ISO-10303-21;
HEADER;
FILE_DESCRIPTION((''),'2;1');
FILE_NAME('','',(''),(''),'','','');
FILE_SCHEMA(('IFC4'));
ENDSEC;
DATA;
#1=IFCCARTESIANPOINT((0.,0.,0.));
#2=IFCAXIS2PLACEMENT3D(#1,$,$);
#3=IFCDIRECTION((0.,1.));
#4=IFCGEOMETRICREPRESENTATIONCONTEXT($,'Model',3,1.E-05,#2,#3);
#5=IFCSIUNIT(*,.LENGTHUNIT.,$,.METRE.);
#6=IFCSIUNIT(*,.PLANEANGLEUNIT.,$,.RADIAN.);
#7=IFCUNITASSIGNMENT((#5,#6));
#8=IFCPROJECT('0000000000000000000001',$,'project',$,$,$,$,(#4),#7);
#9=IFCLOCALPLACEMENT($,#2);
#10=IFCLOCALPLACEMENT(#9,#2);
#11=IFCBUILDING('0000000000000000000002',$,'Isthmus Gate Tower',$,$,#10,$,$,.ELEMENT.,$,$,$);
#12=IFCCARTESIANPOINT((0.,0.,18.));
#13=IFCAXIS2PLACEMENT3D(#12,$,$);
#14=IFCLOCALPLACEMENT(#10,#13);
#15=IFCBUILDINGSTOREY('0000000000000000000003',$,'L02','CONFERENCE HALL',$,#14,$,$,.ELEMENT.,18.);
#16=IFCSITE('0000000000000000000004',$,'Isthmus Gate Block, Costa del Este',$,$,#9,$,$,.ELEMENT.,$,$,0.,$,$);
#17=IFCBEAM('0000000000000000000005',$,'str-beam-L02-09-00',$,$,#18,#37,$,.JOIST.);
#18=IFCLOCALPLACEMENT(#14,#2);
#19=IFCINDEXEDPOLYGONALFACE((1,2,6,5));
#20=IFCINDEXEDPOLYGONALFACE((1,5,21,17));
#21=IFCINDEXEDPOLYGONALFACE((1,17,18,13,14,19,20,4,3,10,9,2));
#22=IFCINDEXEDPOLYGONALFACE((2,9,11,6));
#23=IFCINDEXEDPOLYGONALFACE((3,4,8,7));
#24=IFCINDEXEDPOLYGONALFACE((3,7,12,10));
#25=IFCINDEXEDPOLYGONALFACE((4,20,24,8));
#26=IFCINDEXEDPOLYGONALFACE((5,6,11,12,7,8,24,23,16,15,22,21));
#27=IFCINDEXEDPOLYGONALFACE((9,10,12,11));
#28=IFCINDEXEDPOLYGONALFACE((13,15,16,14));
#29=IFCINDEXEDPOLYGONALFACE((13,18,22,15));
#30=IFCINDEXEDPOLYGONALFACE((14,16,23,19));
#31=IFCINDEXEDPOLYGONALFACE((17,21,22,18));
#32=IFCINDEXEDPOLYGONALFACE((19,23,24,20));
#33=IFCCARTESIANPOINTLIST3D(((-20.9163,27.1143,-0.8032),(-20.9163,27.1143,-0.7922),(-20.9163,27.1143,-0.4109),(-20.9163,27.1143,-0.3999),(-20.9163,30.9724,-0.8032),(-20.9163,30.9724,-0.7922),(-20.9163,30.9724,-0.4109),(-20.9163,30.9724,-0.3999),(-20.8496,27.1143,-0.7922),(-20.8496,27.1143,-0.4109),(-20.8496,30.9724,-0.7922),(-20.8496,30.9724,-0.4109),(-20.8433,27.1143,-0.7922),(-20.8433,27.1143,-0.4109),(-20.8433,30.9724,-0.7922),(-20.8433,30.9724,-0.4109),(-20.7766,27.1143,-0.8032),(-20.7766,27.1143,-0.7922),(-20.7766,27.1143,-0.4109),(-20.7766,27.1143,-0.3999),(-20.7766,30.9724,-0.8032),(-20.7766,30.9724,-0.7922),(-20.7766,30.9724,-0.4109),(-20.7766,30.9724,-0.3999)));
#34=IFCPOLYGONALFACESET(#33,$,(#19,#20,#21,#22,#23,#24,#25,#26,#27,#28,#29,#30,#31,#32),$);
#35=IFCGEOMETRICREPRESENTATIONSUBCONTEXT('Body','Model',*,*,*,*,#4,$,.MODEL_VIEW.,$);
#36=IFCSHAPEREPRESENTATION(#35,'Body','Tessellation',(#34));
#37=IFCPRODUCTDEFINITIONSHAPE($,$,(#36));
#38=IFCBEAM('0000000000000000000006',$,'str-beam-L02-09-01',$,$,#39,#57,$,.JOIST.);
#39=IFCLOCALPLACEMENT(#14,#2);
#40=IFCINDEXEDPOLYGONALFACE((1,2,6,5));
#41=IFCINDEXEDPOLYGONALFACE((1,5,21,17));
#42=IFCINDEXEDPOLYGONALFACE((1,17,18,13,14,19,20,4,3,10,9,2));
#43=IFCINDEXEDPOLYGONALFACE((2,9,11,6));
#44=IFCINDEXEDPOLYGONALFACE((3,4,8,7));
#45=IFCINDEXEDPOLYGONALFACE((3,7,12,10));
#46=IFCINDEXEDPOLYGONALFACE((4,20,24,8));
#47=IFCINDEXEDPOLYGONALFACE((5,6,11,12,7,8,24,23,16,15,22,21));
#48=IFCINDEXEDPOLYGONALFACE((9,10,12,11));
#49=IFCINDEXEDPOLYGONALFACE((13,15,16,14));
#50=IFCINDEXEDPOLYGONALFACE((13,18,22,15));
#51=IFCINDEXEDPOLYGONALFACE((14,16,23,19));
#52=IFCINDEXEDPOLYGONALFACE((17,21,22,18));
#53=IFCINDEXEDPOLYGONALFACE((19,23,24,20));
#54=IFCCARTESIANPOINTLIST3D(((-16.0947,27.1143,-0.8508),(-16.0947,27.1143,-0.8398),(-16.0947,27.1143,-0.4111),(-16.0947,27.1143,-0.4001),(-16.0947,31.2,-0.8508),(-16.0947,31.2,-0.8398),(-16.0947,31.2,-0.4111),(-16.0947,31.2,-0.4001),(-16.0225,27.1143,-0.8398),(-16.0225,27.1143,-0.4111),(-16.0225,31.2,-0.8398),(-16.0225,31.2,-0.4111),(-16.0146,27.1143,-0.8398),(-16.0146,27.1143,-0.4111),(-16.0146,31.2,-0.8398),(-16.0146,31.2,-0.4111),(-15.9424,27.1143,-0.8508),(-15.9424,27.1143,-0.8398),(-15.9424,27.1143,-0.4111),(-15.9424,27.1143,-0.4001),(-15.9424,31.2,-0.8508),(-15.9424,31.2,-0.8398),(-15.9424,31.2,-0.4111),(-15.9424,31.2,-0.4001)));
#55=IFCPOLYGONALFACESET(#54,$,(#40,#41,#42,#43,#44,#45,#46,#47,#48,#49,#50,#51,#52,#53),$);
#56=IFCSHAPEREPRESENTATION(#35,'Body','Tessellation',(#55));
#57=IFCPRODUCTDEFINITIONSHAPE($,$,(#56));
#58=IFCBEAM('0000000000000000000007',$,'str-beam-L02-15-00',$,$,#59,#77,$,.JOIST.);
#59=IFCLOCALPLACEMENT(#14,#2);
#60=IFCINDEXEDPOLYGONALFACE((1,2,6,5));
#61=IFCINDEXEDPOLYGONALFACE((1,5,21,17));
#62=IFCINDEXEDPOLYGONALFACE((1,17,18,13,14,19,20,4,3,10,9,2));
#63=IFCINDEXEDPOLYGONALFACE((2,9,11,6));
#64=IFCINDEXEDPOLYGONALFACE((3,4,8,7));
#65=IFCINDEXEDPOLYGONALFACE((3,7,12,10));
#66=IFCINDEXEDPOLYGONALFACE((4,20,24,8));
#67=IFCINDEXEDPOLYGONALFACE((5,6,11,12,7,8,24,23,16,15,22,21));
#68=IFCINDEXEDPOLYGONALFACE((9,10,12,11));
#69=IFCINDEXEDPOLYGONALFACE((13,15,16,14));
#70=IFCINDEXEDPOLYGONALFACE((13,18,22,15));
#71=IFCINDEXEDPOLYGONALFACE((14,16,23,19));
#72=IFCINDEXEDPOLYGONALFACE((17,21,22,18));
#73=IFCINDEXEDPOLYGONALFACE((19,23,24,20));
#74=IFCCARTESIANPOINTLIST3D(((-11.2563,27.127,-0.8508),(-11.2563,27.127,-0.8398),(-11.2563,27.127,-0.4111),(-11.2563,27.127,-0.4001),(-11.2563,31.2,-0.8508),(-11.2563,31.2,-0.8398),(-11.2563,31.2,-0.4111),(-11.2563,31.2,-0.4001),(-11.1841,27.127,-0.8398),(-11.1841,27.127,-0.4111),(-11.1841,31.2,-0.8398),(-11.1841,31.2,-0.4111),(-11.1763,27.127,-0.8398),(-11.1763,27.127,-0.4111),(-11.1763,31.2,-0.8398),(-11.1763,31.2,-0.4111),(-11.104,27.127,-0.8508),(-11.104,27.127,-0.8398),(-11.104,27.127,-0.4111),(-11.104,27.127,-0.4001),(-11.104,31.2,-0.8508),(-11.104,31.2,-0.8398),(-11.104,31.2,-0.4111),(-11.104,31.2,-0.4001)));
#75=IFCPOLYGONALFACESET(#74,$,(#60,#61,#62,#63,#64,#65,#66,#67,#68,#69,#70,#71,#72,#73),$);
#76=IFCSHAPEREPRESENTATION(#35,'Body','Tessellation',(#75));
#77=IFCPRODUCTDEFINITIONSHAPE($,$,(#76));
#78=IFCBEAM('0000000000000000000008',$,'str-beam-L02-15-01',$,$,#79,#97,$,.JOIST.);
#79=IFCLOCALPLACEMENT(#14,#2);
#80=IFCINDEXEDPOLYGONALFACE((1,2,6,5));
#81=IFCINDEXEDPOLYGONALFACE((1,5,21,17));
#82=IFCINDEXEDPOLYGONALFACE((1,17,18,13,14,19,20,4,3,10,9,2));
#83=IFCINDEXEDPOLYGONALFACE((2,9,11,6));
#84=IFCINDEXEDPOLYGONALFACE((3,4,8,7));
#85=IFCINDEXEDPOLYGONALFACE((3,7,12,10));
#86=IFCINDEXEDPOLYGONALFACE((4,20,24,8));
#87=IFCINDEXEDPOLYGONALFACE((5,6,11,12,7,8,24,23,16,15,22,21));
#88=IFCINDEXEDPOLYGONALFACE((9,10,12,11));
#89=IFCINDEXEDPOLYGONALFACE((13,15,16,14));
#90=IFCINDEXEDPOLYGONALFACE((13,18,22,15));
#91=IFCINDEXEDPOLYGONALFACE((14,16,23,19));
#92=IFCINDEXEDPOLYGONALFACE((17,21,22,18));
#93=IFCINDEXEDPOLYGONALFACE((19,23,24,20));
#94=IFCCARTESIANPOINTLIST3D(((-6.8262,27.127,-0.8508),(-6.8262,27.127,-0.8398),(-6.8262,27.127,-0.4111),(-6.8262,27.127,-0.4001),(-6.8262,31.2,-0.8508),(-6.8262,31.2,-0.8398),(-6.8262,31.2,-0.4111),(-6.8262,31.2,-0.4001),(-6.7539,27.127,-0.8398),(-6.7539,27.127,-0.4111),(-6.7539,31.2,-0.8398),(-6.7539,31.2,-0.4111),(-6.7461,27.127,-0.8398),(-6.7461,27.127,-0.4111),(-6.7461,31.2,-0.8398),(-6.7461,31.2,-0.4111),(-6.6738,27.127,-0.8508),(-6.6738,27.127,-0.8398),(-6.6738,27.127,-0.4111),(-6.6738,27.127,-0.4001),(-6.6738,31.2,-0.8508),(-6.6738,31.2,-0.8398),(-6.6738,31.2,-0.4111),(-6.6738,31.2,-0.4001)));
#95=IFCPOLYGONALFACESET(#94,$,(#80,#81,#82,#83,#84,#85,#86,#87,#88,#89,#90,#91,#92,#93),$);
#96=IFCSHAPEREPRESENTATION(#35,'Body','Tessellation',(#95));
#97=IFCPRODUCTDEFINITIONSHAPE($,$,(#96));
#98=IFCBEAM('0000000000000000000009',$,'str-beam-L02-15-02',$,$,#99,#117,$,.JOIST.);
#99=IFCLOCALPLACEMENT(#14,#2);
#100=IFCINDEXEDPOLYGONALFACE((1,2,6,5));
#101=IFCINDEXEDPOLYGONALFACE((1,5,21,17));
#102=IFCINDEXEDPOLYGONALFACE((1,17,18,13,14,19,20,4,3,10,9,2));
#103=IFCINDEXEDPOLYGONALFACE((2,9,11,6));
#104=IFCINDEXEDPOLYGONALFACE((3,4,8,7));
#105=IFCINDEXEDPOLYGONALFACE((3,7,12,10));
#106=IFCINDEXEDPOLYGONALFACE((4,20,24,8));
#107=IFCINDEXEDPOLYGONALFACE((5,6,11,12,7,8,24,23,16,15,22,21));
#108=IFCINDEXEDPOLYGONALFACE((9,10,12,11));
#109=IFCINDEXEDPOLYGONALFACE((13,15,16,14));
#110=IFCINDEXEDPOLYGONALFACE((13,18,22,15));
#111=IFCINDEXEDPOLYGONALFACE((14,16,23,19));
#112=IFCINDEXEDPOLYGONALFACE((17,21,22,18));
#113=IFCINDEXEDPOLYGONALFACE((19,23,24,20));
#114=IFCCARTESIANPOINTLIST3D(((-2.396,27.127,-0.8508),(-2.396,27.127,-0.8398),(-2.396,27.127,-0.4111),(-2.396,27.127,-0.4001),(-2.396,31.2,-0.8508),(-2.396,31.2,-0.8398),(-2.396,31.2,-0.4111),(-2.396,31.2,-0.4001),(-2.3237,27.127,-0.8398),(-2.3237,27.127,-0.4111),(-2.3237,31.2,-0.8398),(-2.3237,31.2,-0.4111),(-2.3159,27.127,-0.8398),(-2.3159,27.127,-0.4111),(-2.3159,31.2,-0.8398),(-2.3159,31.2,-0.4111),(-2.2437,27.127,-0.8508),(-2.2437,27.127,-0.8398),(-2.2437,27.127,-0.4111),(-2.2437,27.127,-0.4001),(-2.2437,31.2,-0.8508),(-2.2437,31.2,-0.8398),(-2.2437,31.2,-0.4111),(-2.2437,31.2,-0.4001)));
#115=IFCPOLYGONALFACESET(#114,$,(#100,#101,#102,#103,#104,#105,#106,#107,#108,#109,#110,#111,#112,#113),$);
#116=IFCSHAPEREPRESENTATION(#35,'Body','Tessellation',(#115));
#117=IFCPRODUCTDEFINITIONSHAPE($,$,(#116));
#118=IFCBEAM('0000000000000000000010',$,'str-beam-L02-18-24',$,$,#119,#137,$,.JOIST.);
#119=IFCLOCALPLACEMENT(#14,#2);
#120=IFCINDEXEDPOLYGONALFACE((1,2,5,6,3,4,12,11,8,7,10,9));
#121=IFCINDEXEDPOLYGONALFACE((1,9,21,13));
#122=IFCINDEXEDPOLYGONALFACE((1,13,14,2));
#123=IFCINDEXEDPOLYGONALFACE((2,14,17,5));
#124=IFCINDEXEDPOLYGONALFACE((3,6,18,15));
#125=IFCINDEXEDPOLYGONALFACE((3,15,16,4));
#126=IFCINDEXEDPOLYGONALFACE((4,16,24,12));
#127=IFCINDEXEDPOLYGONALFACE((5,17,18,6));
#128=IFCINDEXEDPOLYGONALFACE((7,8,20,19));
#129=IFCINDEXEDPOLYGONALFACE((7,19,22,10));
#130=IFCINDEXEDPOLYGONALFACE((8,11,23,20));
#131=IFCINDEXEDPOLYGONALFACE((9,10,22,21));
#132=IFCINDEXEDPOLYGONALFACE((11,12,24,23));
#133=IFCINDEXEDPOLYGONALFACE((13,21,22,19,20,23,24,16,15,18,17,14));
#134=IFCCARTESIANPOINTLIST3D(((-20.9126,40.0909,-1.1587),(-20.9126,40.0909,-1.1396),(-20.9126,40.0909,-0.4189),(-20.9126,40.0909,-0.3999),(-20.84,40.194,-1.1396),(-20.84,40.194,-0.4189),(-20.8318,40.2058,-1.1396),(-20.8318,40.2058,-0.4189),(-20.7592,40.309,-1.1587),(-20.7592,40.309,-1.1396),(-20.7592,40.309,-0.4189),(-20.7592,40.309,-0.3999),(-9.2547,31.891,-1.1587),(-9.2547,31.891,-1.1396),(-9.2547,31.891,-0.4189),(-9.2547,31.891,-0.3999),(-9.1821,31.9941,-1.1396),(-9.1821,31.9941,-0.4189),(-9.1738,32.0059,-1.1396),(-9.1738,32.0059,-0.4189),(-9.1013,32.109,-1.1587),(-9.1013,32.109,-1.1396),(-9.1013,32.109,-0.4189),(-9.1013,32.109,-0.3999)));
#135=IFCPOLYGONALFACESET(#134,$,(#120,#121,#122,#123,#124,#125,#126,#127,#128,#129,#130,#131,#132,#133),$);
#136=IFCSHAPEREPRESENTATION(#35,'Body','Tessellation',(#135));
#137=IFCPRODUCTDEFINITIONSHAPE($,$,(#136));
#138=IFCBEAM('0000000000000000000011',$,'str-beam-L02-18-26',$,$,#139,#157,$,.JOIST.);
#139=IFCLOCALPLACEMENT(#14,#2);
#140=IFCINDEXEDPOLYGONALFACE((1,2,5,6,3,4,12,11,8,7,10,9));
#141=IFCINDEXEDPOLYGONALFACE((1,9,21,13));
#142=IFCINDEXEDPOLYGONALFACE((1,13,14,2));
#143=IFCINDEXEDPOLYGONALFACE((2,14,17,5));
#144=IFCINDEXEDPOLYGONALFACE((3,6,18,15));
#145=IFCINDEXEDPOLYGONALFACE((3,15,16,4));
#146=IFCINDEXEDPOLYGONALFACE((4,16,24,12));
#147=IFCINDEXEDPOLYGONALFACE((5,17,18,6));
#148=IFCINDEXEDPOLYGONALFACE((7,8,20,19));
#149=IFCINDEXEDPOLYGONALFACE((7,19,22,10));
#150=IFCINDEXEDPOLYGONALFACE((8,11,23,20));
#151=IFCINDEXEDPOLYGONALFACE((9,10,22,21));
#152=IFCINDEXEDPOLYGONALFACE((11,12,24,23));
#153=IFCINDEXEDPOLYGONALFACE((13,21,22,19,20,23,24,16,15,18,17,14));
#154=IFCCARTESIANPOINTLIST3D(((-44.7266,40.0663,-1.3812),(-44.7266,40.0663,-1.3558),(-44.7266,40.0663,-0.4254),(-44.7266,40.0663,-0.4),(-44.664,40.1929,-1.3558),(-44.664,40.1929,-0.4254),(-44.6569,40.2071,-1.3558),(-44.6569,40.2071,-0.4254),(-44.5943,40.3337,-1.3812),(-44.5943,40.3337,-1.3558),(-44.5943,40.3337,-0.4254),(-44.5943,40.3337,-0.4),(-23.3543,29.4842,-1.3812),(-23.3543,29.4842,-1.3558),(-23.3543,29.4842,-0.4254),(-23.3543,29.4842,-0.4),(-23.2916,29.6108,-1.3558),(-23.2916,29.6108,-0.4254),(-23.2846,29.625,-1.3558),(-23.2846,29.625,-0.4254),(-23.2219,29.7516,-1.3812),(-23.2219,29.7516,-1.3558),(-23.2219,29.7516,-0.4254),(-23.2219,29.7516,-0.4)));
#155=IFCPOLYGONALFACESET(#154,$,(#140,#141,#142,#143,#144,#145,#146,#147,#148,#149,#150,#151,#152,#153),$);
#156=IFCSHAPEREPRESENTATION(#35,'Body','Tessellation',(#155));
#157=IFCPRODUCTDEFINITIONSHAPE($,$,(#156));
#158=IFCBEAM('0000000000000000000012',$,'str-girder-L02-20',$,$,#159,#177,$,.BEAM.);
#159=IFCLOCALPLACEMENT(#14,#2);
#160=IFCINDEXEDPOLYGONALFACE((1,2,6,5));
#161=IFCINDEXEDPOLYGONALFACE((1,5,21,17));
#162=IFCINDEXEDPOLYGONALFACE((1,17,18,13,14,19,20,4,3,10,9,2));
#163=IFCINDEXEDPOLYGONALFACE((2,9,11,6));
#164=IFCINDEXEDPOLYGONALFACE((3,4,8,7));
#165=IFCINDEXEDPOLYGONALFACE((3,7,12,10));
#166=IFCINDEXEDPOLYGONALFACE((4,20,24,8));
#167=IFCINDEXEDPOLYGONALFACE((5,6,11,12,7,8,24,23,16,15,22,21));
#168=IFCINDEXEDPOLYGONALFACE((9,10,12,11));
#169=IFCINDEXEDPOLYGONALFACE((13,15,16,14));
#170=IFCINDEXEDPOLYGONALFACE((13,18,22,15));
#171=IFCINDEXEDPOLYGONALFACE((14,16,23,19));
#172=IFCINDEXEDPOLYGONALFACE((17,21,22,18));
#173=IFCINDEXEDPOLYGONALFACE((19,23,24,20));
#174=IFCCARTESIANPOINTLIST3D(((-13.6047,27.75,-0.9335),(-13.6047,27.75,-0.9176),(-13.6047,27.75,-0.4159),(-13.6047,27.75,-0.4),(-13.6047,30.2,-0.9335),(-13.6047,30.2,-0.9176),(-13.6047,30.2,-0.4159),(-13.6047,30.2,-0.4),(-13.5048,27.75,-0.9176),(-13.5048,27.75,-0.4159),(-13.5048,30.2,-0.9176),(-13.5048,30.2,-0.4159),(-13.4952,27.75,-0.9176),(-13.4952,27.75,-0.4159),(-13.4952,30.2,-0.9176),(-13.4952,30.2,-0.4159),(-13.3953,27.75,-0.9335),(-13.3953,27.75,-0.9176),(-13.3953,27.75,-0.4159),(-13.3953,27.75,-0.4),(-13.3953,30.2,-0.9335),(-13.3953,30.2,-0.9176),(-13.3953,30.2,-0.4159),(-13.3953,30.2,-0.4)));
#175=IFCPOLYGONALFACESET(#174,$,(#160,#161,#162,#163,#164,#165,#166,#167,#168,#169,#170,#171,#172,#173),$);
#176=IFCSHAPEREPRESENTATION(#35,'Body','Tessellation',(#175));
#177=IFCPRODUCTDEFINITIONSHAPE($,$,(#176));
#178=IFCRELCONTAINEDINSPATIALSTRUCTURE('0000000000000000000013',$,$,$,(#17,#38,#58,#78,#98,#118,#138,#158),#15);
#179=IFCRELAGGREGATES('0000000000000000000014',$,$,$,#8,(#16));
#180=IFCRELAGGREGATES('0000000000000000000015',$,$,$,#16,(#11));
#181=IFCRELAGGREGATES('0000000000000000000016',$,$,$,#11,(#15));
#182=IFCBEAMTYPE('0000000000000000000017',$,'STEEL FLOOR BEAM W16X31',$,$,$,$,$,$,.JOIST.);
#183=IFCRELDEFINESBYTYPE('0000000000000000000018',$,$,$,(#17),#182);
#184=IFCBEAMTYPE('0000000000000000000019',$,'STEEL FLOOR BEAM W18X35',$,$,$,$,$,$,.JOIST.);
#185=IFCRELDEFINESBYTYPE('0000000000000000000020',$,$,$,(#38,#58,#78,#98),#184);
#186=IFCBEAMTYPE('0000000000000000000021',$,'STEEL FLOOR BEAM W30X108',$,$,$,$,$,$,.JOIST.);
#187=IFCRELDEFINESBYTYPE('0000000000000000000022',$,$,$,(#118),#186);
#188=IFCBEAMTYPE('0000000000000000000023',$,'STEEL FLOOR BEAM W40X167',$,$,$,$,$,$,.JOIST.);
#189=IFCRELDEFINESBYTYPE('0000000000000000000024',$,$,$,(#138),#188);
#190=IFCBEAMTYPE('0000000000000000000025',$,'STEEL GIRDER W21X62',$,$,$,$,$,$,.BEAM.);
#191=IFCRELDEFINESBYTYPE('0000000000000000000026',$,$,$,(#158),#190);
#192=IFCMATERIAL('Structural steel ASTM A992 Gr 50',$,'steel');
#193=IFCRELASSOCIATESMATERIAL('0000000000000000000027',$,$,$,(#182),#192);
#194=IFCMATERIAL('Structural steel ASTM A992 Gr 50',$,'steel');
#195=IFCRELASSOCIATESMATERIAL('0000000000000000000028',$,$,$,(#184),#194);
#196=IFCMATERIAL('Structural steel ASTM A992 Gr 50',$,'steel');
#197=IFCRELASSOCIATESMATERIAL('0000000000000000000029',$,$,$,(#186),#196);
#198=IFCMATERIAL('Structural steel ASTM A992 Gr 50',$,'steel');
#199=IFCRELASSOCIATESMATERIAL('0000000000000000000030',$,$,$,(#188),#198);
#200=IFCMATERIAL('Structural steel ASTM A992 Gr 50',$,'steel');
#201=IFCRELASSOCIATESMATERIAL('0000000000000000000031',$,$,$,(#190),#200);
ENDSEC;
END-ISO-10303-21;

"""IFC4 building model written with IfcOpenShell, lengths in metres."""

from ifc_helpers import new_model, si_unit, direction, frame, origin, origin_2d, place, context, subcontext, project, spatial, i_section, extrude, material, material_profile, profile_set, type_object, element, save


model = new_model("IFC4")

# Units and contexts
model_context = context("Model", 3, precision=1e-05, world=origin(), true_north=direction((0.0, 1.0)))
body_context = subcontext(model_context, "Body", "Model", "MODEL_VIEW")
ifc_project = project(units=[si_unit("LENGTHUNIT", "METRE"), si_unit("PLANEANGLEUNIT", "RADIAN")], contexts=[model_context])

# Site, building, storey
site_placement = place(None, origin())
site = spatial("IfcSite", under=ifc_project, at=site_placement, Name="Isthmus Gate Block, Costa del Este", CompositionType="ELEMENT", RefElevation=0.0)
building_placement = place(site_placement, origin())
building = spatial("IfcBuilding", under=site, at=building_placement, Name="Isthmus Gate Tower", CompositionType="ELEMENT")
storey_placement = place(building_placement, frame((0.0, 0.0, 18.0)))
storey = spatial("IfcBuildingStorey", under=building, at=storey_placement, Name="L02", Description="CONFERENCE HALL", CompositionType="ELEMENT", Elevation=18.0)

# Beams
ifc_material_1 = material(Name="Structural steel ASTM A992 Gr 50", Category="steel")
ifc_material_profile_1 = material_profile(ifc_material_1, i_section(OverallWidth=0.1396, OverallDepth=0.4033, WebThickness=0.0063, FlangeThickness=0.011, at=origin_2d()), Name="W16X31")
ifc_profile_set_1 = profile_set([ifc_material_profile_1], Name="Structural steel ASTM A992 Gr 50")
beam_type_1 = type_object("IfcBeamType", Name="STEEL FLOOR BEAM W16X31", PredefinedType="JOIST", material=ifc_profile_set_1)
beam_1_placement = place(storey_placement, frame((-20.8464, 27.1143, -0.6016), z_axis=(0.0, 1.0, 0.0), x_axis=(-1.0, 0.0, 0.0)))
element("IfcBeam", 1, at=beam_1_placement, inside=storey, type_object=beam_type_1, Name="str-beam-L02-09-00", PredefinedType="JOIST", context=body_context, shape_type="SweptSolid", body=[
    extrude(i_section(OverallWidth=0.1396, OverallDepth=0.4033, WebThickness=0.0063, FlangeThickness=0.011, at=origin_2d()), origin(), (0.0, 0.0, 1.0), 3.8582),
])
ifc_material_2 = material(Name="Structural steel ASTM A992 Gr 50", Category="steel")
ifc_material_profile_2 = material_profile(ifc_material_2, i_section(OverallWidth=0.1523, OverallDepth=0.4507, WebThickness=0.0078, FlangeThickness=0.011, at=origin_2d()), Name="W18X35")
ifc_profile_set_2 = profile_set([ifc_material_profile_2], Name="Structural steel ASTM A992 Gr 50")
beam_type_2 = type_object("IfcBeamType", Name="STEEL FLOOR BEAM W18X35", PredefinedType="JOIST", material=ifc_profile_set_2)
beam_2_placement = place(storey_placement, frame((-16.0186, 27.1143, -0.6255), z_axis=(0.0, 1.0, 0.0), x_axis=(-1.0, 0.0, 0.0)))
element("IfcBeam", 2, at=beam_2_placement, inside=storey, type_object=beam_type_2, Name="str-beam-L02-09-01", PredefinedType="JOIST", context=body_context, shape_type="SweptSolid", body=[
    extrude(i_section(OverallWidth=0.1523, OverallDepth=0.4507, WebThickness=0.0078, FlangeThickness=0.011, at=origin_2d()), origin(), (0.0, 0.0, 1.0), 4.0857),
])
for number, where, z_axis, x_axis, name in (
    (3, (-11.1802, 27.127, -0.6255), (0.0, 1.0, 0.0), (-1.0, 0.0, 0.0), "str-beam-L02-15-00"),
    (4, (-6.75, 27.127, -0.6255), (0.0, 1.0, 0.0), (-1.0, 0.0, 0.0), "str-beam-L02-15-01"),
    (5, (-2.3198, 27.127, -0.6255), (0.0, 1.0, 0.0), (-1.0, 0.0, 0.0), "str-beam-L02-15-02"),
):
    element("IfcBeam", number, at=place(storey_placement, frame(where, z_axis=z_axis, x_axis=x_axis)), inside=storey, type_object=beam_type_2, Name=name, PredefinedType="JOIST", context=body_context, shape_type="SweptSolid", body=[
        extrude(i_section(OverallWidth=0.1523, OverallDepth=0.4507, WebThickness=0.0078, FlangeThickness=0.011, at=origin_2d()), origin(), (0.0, 0.0, 1.0), 4.073),
    ])
ifc_material_3 = material(Name="Structural steel ASTM A992 Gr 50", Category="steel")
ifc_material_profile_3 = material_profile(ifc_material_3, i_section(OverallWidth=0.2666, OverallDepth=0.7588, WebThickness=0.0144, FlangeThickness=0.019, at=origin_2d()), Name="W30X108")
ifc_profile_set_3 = profile_set([ifc_material_profile_3], Name="Structural steel ASTM A992 Gr 50")
beam_type_3 = type_object("IfcBeamType", Name="STEEL FLOOR BEAM W30X108", PredefinedType="JOIST", material=ifc_profile_set_3)
beam_3_placement = place(storey_placement, frame((-9.178, 32.0, -0.7793), z_axis=(-0.817932, 0.575315, 0.0), x_axis=(-0.575315, -0.817932, 0.0)))
element("IfcBeam", 6, at=beam_3_placement, inside=storey, type_object=beam_type_3, Name="str-beam-L02-18-24", PredefinedType="JOIST", context=body_context, shape_type="SweptSolid", body=[
    extrude(i_section(OverallWidth=0.2666, OverallDepth=0.7588, WebThickness=0.0144, FlangeThickness=0.019, at=origin_2d()), origin(), (0.0, 0.0, 1.0), 14.2529),
])
ifc_material_4 = material(Name="Structural steel ASTM A992 Gr 50", Category="steel")
ifc_material_profile_4 = material_profile(ifc_material_4, i_section(OverallWidth=0.2983, OverallDepth=0.9812, WebThickness=0.0159, FlangeThickness=0.0254, at=origin_2d()), Name="W40X167")
ifc_profile_set_4 = profile_set([ifc_material_profile_4], Name="Structural steel ASTM A992 Gr 50")
beam_type_4 = type_object("IfcBeamType", Name="STEEL FLOOR BEAM W40X167", PredefinedType="JOIST", material=ifc_profile_set_4)
beam_4_placement = place(storey_placement, frame((-23.2881, 29.6179, -0.8906), z_axis=(-0.896167, 0.443717, 0.0), x_axis=(-0.443717, -0.896167, 0.0)))
element("IfcBeam", 7, at=beam_4_placement, inside=storey, type_object=beam_type_4, Name="str-beam-L02-18-26", PredefinedType="JOIST", context=body_context, shape_type="SweptSolid", body=[
    extrude(i_section(OverallWidth=0.2983, OverallDepth=0.9812, WebThickness=0.0159, FlangeThickness=0.0254, at=origin_2d()), origin(), (0.0, 0.0, 1.0), 23.8486),
])
ifc_material_5 = material(Name="Structural steel ASTM A992 Gr 50", Category="steel")
ifc_material_profile_5 = material_profile(ifc_material_5, i_section(OverallWidth=0.2095, OverallDepth=0.5334, WebThickness=0.0095, FlangeThickness=0.0159, at=origin_2d()), Name="W21X62")
ifc_profile_set_5 = profile_set([ifc_material_profile_5], Name="Structural steel ASTM A992 Gr 50")
beam_type_5 = type_object("IfcBeamType", Name="STEEL GIRDER W21X62", PredefinedType="BEAM", material=ifc_profile_set_5)
beam_5_placement = place(storey_placement, frame((-13.5, 27.75, -0.6667), z_axis=(0.0, 1.0, 0.0), x_axis=(-1.0, 0.0, 0.0)))
element("IfcBeam", 8, at=beam_5_placement, inside=storey, type_object=beam_type_5, Name="str-girder-L02-20", PredefinedType="BEAM", context=body_context, shape_type="SweptSolid", body=[
    extrude(i_section(OverallWidth=0.2095, OverallDepth=0.5334, WebThickness=0.0095, FlangeThickness=0.0159, at=origin_2d()), origin(), (0.0, 0.0, 1.0), 2.45),
])

save(model, "model.ifc")
